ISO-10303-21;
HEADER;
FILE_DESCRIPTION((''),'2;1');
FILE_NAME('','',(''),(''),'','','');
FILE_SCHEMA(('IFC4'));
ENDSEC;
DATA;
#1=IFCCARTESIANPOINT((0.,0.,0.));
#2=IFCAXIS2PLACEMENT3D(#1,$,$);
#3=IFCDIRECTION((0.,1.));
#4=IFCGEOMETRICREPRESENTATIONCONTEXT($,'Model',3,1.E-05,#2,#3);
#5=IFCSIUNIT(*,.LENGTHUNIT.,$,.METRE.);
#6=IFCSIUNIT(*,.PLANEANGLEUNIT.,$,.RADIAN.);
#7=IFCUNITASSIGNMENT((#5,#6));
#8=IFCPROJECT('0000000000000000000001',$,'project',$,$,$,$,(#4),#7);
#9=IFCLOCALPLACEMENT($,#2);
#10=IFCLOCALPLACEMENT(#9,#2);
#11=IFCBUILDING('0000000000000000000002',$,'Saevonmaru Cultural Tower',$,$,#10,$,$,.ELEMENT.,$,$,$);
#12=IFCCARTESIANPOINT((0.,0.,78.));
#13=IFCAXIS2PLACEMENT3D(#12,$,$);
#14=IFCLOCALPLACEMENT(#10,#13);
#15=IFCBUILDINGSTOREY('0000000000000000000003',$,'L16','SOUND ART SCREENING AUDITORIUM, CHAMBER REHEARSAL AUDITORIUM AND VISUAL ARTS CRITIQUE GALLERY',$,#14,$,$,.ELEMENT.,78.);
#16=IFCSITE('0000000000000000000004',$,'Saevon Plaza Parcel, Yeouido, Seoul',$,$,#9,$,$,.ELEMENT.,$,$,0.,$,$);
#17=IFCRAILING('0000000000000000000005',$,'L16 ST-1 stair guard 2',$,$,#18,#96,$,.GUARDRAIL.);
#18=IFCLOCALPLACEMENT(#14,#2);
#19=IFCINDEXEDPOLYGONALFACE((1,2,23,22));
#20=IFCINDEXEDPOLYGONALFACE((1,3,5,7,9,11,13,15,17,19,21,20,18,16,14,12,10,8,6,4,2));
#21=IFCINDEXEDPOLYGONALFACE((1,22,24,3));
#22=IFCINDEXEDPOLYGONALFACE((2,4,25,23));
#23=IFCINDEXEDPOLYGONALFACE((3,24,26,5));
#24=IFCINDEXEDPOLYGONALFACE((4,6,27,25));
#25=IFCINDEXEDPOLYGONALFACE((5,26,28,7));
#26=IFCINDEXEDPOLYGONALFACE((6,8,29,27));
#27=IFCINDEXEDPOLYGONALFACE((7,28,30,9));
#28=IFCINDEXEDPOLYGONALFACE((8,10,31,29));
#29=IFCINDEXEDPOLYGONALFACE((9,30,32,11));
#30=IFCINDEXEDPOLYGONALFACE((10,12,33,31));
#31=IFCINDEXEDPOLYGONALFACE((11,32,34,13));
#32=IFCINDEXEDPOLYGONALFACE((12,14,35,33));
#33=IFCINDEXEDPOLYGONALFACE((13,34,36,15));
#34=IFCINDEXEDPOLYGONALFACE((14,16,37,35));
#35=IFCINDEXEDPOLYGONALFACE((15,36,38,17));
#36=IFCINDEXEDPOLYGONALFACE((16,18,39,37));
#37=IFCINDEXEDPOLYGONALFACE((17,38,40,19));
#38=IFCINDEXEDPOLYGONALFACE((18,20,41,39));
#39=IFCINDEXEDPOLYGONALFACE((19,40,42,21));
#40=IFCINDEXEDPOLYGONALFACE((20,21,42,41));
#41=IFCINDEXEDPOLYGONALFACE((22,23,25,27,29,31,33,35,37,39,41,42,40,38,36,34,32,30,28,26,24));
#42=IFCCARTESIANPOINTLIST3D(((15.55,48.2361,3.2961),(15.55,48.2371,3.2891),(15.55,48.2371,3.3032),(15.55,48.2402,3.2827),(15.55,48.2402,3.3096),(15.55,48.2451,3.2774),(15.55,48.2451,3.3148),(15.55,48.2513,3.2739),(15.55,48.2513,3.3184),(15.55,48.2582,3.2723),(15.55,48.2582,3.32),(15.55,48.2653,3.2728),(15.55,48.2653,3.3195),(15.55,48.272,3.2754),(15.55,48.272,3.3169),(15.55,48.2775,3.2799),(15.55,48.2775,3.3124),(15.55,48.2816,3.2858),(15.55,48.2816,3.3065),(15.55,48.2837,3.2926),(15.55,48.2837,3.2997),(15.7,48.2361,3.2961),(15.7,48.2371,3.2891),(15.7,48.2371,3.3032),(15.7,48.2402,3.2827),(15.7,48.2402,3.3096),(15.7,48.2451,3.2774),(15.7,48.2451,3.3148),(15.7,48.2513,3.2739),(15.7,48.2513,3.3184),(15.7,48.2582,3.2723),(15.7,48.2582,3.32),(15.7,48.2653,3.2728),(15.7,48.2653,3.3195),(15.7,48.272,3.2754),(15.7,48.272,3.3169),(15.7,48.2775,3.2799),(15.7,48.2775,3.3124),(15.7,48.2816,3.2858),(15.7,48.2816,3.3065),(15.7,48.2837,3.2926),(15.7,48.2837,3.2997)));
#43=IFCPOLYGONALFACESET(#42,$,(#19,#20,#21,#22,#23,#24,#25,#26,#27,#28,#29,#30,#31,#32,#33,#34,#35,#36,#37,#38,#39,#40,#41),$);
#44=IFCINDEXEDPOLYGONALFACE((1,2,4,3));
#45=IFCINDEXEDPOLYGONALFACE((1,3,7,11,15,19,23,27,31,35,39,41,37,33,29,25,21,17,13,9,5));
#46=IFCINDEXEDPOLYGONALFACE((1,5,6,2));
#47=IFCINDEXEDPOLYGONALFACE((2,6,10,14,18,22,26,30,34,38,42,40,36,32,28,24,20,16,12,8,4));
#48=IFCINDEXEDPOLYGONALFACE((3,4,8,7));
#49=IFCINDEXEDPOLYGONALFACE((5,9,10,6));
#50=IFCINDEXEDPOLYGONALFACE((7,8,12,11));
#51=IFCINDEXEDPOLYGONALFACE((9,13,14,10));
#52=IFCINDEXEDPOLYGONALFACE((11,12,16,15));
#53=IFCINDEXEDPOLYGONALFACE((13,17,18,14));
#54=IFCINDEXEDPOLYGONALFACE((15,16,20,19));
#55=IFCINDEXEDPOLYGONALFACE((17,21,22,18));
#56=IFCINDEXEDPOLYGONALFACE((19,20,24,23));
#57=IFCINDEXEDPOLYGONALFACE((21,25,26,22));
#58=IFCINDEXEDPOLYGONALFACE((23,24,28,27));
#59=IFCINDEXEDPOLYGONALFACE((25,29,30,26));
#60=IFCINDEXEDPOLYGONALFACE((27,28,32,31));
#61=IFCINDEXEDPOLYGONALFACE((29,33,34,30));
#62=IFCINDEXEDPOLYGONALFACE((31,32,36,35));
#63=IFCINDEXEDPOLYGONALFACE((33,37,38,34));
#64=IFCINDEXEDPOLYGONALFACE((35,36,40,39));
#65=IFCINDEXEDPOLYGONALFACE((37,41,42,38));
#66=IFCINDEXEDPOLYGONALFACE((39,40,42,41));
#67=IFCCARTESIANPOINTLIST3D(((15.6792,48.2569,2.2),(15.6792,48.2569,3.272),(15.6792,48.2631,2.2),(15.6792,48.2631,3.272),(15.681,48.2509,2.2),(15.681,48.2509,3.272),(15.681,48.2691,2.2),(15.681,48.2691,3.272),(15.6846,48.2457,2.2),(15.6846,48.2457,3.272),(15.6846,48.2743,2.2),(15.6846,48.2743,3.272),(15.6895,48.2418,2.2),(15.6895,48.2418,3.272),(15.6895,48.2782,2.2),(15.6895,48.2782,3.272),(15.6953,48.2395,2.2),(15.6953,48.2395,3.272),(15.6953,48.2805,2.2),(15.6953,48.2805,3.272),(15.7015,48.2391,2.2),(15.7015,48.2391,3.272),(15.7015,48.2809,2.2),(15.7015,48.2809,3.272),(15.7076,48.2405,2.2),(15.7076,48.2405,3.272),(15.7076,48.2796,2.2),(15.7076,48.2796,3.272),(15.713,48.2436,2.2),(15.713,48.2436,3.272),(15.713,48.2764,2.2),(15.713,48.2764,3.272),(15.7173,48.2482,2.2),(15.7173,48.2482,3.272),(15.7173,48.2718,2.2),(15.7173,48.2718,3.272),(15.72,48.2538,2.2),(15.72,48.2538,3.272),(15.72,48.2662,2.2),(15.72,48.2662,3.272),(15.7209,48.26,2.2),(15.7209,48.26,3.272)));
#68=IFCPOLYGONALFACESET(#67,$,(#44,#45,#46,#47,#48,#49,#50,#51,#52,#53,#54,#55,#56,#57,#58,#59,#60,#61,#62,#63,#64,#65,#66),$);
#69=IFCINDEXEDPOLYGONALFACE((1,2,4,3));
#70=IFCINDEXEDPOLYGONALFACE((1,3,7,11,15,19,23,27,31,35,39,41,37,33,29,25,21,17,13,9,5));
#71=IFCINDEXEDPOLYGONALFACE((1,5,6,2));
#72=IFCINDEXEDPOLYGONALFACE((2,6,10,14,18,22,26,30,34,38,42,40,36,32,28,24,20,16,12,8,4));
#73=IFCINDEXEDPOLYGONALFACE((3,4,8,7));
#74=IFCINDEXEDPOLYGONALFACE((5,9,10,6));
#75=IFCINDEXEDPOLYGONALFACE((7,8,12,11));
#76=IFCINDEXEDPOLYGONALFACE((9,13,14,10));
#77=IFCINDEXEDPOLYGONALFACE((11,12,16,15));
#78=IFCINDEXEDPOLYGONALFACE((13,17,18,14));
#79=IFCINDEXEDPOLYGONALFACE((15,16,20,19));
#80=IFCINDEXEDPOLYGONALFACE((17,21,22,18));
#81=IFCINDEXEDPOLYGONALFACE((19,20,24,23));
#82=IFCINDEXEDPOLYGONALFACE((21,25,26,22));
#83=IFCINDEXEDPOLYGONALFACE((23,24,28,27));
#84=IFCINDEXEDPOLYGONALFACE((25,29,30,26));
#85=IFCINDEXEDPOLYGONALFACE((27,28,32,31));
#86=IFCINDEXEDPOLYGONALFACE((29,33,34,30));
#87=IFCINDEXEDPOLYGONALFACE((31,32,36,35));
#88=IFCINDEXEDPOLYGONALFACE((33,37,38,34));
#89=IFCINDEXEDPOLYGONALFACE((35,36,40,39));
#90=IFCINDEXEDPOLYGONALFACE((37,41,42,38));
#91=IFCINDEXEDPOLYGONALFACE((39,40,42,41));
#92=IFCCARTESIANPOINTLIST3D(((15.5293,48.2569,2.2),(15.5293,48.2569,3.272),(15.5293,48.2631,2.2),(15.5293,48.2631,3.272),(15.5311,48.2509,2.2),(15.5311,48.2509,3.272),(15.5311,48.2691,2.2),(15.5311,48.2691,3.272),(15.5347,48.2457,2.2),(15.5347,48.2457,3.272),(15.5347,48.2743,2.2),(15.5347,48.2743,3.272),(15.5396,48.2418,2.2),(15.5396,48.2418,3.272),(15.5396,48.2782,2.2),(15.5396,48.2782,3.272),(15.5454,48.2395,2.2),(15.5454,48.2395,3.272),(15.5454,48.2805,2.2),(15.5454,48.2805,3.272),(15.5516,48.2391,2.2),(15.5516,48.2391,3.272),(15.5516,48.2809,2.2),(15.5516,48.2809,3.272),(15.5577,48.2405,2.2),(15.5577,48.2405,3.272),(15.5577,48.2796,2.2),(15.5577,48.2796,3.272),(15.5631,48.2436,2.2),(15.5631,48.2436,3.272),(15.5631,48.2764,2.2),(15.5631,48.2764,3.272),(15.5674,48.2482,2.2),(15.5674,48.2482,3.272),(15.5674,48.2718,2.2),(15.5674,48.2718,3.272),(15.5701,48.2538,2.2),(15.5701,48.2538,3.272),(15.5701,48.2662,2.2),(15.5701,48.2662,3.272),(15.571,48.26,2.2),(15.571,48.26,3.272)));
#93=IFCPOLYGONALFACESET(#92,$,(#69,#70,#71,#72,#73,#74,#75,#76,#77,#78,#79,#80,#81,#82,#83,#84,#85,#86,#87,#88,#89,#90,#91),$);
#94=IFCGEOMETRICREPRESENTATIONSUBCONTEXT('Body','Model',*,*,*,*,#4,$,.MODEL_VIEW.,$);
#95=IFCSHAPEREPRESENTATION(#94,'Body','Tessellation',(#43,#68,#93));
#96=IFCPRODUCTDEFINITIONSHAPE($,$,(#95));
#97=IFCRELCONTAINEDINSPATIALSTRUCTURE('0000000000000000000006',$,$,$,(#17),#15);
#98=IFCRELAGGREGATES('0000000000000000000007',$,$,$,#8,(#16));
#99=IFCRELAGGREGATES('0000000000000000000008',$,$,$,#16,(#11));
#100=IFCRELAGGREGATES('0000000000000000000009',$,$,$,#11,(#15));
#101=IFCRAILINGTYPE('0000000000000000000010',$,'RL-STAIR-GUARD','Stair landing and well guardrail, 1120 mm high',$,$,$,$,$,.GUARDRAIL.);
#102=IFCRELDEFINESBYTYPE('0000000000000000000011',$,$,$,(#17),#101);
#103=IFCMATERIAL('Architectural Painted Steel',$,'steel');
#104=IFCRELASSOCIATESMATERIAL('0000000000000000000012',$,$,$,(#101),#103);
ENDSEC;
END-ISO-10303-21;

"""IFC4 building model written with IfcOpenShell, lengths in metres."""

from ifc_helpers import new_model, si_unit, direction, frame, origin, origin_2d, place, context, subcontext, project, spatial, circle, extrude, material, type_object, element, save


model = new_model("IFC4")

# Units and contexts
model_context = context("Model", 3, precision=1e-05, world=origin(), true_north=direction((0.0, 1.0)))
body_context = subcontext(model_context, "Body", "Model", "MODEL_VIEW")
ifc_project = project(units=[si_unit("LENGTHUNIT", "METRE"), si_unit("PLANEANGLEUNIT", "RADIAN")], contexts=[model_context])

# Site, building, storey
site_placement = place(None, origin())
site = spatial("IfcSite", under=ifc_project, at=site_placement, Name="Saevon Plaza Parcel, Yeouido, Seoul", CompositionType="ELEMENT", RefElevation=0.0)
building_placement = place(site_placement, origin())
building = spatial("IfcBuilding", under=site, at=building_placement, Name="Saevonmaru Cultural Tower", CompositionType="ELEMENT")
storey_placement = place(building_placement, frame((0.0, 0.0, 78.0)))
storey = spatial("IfcBuildingStorey", under=building, at=storey_placement, Name="L16", Description="SOUND ART SCREENING AUDITORIUM, CHAMBER REHEARSAL AUDITORIUM AND VISUAL ARTS CRITIQUE GALLERY", CompositionType="ELEMENT", Elevation=78.0)

# Railing
ifc_material_1 = material(Name="Architectural Painted Steel", Category="steel")
railing_type = type_object("IfcRailingType", Name="RL-STAIR-GUARD", Description="Stair landing and well guardrail, 1120 mm high", PredefinedType="GUARDRAIL", material=ifc_material_1)
railing_1_placement = place(storey_placement, frame((15.7, 48.26, 2.2)))
element("IfcRailing", 1, at=railing_1_placement, inside=storey, type_object=railing_type, Name="L16 ST-1 stair guard 2", PredefinedType="GUARDRAIL", context=body_context, shape_type="SweptSolid", body=[
    extrude(circle(Radius=0.0239, at=origin_2d()), frame((0.0, 0.0, 1.0962), z_axis=(-1.0, 0.0, 0.0), x_axis=(0.0, -1.0, 0.0)), (0.0, 0.0, 1.0), 0.1499),
    extrude(circle(Radius=0.021, at=origin_2d()), origin(), (0.0, 0.0, 1.0), 1.072),
    extrude(circle(Radius=0.021, at=origin_2d()), frame((-0.1499, 0.0, 0.0)), (0.0, 0.0, 1.0), 1.072),
])

save(model, "model.ifc")
